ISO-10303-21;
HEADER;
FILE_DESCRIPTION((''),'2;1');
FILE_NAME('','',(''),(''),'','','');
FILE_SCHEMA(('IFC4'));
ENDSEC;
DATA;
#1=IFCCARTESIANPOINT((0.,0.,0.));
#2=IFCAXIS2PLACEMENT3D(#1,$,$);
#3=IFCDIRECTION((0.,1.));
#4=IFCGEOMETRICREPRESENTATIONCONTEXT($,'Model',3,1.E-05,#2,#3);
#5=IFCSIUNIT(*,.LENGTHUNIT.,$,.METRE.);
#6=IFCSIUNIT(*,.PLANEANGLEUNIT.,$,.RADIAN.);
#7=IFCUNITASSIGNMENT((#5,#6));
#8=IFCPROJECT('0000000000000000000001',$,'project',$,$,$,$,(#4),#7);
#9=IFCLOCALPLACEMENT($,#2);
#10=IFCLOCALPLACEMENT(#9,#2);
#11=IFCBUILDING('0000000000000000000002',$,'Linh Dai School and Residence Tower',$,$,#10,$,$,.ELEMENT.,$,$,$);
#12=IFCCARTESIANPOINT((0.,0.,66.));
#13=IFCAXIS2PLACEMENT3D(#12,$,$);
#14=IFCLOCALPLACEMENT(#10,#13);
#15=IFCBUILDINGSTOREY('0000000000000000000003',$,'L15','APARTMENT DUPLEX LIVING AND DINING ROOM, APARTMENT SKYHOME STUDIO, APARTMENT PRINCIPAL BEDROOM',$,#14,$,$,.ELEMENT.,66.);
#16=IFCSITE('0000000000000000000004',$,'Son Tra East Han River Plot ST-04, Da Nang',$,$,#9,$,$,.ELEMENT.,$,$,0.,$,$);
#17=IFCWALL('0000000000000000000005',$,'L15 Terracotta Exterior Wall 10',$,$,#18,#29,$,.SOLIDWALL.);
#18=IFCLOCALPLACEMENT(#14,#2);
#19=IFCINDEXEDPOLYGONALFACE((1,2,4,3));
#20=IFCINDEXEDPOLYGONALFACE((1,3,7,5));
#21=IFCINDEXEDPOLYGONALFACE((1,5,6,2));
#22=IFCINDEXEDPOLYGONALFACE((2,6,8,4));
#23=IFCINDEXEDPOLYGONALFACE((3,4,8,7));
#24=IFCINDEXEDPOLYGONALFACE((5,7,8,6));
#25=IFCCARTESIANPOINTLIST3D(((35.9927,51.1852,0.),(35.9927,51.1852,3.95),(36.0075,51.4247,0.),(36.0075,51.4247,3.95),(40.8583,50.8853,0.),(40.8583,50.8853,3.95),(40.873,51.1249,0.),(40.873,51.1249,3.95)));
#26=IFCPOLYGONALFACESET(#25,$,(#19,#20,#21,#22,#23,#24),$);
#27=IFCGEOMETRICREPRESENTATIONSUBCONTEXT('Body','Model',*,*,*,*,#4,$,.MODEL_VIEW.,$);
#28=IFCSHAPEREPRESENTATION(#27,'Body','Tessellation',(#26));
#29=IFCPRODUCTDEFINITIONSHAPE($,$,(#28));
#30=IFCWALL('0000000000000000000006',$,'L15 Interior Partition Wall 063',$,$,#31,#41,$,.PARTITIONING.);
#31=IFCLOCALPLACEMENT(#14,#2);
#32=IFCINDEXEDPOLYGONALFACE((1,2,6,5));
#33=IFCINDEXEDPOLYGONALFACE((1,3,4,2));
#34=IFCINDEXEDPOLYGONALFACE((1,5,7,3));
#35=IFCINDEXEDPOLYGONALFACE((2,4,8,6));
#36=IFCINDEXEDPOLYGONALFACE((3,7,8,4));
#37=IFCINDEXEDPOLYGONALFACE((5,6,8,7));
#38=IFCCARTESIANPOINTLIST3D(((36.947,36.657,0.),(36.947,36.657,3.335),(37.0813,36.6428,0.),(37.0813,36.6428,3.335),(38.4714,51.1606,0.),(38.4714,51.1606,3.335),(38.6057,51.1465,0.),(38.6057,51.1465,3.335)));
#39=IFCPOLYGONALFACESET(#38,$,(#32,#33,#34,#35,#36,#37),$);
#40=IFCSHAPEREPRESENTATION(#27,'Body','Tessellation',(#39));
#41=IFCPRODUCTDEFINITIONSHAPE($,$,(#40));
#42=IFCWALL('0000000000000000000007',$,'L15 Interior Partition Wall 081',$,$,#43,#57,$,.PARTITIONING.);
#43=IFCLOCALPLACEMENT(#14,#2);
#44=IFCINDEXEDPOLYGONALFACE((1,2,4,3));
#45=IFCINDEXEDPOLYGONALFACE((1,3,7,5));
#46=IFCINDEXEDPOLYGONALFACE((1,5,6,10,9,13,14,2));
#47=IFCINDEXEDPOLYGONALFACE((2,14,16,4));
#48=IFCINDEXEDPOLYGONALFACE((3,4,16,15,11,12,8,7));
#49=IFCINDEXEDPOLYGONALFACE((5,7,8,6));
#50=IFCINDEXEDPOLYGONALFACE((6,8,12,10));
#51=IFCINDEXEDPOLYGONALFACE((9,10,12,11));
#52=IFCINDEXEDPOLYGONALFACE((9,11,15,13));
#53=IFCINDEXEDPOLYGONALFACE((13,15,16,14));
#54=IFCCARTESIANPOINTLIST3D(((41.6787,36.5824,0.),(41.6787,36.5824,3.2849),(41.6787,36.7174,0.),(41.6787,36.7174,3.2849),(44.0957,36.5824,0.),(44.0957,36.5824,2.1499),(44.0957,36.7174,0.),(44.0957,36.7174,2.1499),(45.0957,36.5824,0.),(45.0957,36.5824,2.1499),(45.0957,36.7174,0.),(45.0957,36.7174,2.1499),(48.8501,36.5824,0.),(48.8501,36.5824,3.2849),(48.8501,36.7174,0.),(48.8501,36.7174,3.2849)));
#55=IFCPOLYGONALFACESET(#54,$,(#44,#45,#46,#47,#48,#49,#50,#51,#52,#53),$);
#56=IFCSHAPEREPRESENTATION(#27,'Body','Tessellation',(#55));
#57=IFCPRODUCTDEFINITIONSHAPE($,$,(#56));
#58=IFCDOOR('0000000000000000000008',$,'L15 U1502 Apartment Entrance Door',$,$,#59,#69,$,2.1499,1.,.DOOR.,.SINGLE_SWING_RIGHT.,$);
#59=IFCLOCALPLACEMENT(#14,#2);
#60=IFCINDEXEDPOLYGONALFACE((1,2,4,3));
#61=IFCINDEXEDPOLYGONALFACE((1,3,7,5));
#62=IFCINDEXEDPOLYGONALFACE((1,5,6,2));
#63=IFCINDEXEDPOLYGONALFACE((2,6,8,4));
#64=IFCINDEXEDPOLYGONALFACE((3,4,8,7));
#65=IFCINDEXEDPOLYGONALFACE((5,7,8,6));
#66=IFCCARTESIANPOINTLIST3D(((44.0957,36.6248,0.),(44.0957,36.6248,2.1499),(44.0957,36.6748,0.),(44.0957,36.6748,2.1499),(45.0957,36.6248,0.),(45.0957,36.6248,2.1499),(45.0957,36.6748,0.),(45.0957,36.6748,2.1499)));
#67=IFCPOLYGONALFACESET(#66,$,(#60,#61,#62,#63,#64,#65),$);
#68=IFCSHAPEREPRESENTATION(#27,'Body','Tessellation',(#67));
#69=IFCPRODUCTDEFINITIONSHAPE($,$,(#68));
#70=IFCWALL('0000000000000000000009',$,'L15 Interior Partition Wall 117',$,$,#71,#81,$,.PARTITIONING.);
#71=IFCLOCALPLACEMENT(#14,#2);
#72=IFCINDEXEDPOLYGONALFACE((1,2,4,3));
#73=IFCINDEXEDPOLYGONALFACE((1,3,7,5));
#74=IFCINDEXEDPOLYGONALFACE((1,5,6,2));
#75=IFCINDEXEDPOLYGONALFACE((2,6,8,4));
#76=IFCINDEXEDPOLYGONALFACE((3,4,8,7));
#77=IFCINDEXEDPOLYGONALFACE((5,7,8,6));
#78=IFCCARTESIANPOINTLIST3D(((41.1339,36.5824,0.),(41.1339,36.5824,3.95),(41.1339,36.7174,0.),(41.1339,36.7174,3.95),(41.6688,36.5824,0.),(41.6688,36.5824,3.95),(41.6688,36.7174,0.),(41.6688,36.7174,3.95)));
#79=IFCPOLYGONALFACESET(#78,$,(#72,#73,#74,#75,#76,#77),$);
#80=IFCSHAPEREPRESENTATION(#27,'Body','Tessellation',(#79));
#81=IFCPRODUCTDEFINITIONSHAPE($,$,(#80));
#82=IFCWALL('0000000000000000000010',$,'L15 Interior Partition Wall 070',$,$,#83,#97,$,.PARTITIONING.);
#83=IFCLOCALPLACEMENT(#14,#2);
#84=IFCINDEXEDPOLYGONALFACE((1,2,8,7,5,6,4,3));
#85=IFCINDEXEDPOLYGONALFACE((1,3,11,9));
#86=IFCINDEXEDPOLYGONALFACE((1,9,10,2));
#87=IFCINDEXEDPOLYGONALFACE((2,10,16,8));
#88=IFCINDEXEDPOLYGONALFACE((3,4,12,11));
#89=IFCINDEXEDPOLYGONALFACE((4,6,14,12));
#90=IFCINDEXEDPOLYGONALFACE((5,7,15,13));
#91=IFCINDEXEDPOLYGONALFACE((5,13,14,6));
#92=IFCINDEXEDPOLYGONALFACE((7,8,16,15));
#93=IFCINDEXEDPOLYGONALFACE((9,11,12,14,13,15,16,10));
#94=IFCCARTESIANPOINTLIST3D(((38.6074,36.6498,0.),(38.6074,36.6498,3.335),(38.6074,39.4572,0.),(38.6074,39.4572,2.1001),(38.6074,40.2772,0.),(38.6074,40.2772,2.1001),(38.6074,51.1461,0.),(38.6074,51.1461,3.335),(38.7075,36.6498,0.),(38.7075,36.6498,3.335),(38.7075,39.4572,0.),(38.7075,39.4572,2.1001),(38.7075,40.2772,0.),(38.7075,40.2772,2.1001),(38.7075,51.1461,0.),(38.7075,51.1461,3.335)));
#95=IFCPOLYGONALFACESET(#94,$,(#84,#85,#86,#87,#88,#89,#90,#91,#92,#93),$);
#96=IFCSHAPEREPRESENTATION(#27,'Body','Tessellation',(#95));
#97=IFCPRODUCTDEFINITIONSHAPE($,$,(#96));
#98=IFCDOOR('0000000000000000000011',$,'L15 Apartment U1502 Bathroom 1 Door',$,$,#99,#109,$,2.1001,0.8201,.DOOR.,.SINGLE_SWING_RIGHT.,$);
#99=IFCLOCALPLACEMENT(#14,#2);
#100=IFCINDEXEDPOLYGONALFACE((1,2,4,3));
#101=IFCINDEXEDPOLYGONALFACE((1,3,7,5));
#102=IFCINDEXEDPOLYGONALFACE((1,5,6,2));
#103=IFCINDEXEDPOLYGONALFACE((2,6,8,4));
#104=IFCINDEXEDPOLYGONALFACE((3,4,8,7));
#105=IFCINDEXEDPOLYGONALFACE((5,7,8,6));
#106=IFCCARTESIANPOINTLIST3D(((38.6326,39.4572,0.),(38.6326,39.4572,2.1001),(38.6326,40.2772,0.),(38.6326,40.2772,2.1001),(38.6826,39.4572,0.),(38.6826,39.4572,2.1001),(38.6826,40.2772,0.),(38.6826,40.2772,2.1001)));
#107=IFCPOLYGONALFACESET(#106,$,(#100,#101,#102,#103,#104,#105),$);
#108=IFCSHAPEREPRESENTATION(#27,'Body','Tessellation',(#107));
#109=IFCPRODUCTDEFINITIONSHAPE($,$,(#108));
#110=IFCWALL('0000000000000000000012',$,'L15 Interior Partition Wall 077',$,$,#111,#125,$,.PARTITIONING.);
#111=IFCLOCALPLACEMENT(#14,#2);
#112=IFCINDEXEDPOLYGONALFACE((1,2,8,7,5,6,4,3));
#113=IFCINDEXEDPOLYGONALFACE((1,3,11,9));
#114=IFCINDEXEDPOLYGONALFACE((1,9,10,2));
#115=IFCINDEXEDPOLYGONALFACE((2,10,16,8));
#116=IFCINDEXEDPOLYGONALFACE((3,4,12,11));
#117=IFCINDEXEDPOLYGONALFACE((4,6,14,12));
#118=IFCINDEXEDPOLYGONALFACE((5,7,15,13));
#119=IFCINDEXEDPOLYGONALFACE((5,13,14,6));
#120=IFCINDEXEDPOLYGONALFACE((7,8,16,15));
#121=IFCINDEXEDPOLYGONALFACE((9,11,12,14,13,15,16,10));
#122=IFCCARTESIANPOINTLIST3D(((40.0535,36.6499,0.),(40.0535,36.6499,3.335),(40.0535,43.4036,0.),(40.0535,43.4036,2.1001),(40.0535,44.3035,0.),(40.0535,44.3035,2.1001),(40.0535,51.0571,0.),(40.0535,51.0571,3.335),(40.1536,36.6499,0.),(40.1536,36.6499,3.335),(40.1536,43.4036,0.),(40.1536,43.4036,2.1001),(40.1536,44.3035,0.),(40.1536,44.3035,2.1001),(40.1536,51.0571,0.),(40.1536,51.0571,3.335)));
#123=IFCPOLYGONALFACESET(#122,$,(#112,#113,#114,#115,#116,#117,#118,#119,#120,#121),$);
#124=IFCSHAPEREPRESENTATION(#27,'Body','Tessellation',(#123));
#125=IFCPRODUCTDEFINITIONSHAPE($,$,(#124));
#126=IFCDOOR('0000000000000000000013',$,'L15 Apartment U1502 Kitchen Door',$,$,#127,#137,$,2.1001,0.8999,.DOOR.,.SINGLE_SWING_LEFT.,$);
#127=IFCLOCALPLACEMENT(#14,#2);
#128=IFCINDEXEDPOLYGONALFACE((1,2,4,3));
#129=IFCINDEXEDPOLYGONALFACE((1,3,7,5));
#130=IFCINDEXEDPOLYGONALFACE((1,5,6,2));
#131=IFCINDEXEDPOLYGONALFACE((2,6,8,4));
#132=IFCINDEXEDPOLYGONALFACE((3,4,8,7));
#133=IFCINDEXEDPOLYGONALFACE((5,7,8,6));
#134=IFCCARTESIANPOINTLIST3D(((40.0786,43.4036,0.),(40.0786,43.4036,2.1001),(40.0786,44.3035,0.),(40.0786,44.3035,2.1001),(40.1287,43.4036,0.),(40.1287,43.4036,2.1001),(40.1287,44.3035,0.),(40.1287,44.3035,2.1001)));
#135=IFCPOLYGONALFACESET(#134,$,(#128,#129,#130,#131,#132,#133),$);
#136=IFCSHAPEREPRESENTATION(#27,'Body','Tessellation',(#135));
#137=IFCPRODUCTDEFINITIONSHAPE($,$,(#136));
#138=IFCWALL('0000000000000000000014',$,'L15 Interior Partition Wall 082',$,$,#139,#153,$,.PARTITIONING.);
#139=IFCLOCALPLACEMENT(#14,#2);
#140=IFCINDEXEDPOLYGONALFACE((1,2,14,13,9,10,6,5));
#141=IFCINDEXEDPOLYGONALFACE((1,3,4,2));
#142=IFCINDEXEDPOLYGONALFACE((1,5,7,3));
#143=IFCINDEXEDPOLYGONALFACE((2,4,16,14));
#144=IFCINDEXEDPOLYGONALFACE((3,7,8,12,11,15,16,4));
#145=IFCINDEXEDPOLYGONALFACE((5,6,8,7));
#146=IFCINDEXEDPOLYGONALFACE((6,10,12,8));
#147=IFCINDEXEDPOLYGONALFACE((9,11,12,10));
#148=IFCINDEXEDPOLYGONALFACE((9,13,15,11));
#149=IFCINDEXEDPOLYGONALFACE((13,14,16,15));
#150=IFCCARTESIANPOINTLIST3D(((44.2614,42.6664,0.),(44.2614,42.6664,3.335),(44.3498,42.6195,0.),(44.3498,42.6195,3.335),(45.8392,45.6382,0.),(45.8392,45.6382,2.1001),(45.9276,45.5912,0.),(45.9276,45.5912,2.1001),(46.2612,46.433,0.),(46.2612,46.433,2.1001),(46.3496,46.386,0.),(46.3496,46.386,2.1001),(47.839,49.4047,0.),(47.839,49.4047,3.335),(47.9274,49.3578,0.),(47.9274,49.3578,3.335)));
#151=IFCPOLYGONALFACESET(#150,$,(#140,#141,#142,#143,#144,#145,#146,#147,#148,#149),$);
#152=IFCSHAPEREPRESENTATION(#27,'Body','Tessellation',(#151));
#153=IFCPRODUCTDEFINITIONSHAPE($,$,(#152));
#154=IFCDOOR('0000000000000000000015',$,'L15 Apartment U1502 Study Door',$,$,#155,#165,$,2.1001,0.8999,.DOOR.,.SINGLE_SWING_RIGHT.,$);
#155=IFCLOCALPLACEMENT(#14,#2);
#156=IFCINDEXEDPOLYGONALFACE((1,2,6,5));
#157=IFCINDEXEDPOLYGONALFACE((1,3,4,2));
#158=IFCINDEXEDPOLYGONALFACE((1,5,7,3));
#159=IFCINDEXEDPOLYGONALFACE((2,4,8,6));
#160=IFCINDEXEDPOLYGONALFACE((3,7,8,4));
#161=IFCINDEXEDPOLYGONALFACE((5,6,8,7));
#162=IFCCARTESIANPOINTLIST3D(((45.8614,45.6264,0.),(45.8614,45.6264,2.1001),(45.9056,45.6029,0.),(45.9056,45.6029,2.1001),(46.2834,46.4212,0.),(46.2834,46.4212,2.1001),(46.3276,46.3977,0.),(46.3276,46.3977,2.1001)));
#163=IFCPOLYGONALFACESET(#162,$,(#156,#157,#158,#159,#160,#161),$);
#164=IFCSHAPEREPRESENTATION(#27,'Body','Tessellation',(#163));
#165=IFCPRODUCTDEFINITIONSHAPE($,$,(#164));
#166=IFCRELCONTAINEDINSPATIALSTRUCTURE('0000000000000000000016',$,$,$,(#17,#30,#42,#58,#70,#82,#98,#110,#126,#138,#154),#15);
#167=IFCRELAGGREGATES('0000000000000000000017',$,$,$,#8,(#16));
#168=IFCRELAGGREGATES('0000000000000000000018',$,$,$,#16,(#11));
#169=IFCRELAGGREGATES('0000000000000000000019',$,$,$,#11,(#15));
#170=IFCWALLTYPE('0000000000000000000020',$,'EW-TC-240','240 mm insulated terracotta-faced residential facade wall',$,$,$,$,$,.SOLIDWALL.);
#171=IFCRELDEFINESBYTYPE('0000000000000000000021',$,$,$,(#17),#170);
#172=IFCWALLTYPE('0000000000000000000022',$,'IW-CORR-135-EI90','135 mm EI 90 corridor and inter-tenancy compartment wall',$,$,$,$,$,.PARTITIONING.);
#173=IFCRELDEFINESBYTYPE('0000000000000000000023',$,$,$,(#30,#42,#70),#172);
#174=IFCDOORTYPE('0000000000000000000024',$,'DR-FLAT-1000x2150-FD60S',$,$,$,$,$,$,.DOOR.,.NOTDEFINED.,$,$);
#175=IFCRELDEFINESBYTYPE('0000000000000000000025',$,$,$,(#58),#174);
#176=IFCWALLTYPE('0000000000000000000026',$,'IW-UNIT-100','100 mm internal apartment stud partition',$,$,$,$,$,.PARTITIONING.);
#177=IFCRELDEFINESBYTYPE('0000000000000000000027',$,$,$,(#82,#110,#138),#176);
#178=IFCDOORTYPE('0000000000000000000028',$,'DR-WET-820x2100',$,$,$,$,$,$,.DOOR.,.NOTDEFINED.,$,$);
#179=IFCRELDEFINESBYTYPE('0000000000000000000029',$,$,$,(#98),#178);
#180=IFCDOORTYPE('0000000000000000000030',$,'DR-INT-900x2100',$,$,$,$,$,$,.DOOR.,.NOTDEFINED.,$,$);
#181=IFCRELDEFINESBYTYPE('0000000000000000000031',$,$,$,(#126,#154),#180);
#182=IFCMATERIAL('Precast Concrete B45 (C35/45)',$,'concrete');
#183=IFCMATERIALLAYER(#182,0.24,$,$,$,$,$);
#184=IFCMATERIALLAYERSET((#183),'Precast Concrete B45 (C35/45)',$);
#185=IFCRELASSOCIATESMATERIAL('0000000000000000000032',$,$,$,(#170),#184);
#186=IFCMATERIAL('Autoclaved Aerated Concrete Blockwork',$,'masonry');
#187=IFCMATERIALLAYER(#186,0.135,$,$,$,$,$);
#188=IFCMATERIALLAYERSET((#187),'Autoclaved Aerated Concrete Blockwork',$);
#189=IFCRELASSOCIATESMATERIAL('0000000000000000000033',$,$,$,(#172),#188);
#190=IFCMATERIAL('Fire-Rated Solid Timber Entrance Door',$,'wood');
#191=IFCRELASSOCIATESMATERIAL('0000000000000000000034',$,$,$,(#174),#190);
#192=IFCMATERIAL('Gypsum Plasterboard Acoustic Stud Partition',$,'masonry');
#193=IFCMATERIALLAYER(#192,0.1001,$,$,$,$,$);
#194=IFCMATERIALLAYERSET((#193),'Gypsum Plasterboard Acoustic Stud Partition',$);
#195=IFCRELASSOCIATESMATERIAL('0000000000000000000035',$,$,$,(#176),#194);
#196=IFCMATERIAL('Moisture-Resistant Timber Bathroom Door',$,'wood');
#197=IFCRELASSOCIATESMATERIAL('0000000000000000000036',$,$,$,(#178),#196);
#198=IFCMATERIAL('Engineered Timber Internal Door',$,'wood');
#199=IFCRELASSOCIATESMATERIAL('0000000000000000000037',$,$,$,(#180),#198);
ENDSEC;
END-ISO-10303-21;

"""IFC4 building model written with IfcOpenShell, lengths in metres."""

from ifc_helpers import new_model, si_unit, direction, frame, frame_2d, origin, origin_2d, place, context, subcontext, project, spatial, rectangle, extrude, source, transform, mapped, material, layer, layer_set, type_object, element, fill, save


model = new_model("IFC4")

# Units and contexts
model_context = context("Model", 3, precision=1e-05, world=origin(), true_north=direction((0.0, 1.0)))
body_context = subcontext(model_context, "Body", "Model", "MODEL_VIEW")
ifc_project = project(units=[si_unit("LENGTHUNIT", "METRE"), si_unit("PLANEANGLEUNIT", "RADIAN")], contexts=[model_context])

# Site, building, storey
site_placement = place(None, origin())
site = spatial("IfcSite", under=ifc_project, at=site_placement, Name="Son Tra East Han River Plot ST-04, Da Nang", CompositionType="ELEMENT", RefElevation=0.0)
building_placement = place(site_placement, origin())
building = spatial("IfcBuilding", under=site, at=building_placement, Name="Linh Dai School and Residence Tower", CompositionType="ELEMENT")
storey_placement = place(building_placement, frame((0.0, 0.0, 66.0)))
storey = spatial("IfcBuildingStorey", under=building, at=storey_placement, Name="L15", Description="APARTMENT DUPLEX LIVING AND DINING ROOM, APARTMENT SKYHOME STUDIO, APARTMENT PRINCIPAL BEDROOM", CompositionType="ELEMENT", Elevation=66.0)

# Shared definitions
ifc_material_1 = material(Name="Precast Concrete B45 (C35/45)", Category="concrete")

# Shared definitions
ifc_layer_1 = layer(ifc_material_1, 0.24)
ifc_layer_set_1 = layer_set([ifc_layer_1], Name="Precast Concrete B45 (C35/45)")
wall_type_1 = type_object("IfcWallType", Name="EW-TC-240", Description="240 mm insulated terracotta-faced residential facade wall", PredefinedType="SOLIDWALL", material=ifc_layer_set_1)

# Walls
wall_1_placement = place(storey_placement, frame((36.0, 51.3049, 0.0), z_axis=(0.0, 0.0, 1.0), x_axis=(0.998107, -0.061502, 0.0)))
element("IfcWall", 1, at=wall_1_placement, inside=storey, type_object=wall_type_1, Name="L15 Terracotta Exterior Wall 10", PredefinedType="SOLIDWALL", context=body_context, shape_type="SweptSolid", body=[
    extrude(rectangle(XDim=4.8748, YDim=0.24, at=frame_2d((2.4375, 0.0))), origin(), (0.0, 0.0, 1.0), 3.95),
])
ifc_material_2 = material(Name="Autoclaved Aerated Concrete Blockwork", Category="masonry")
ifc_layer_2 = layer(ifc_material_2, 0.135)
ifc_layer_set_2 = layer_set([ifc_layer_2], Name="Autoclaved Aerated Concrete Blockwork")
wall_type_2 = type_object("IfcWallType", Name="IW-CORR-135-EI90", Description="135 mm EI 90 corridor and inter-tenancy compartment wall", PredefinedType="PARTITIONING", material=ifc_layer_set_2)
wall_2_placement = place(storey_placement, frame((37.0142, 36.6499, 0.0), z_axis=(0.0, 0.0, 1.0), x_axis=(0.10453, 0.994522, 0.0)))
element("IfcWall", 2, at=wall_2_placement, inside=storey, type_object=wall_type_2, Name="L15 Interior Partition Wall 063", PredefinedType="PARTITIONING", context=body_context, shape_type="SweptSolid", body=[
    extrude(rectangle(XDim=14.5835, YDim=0.135, at=frame_2d((7.2917, 0.0))), origin(), (0.0, 0.0, 1.0), 3.335),
])

# Wall, opening, door
wall_3_placement = place(storey_placement, frame((41.6787, 36.6499, 0.0), z_axis=(0.0, 0.0, 1.0), x_axis=(1.0, 0.0, 0.0)))
wall_3 = element("IfcWall", 3, at=wall_3_placement, inside=storey, type_object=wall_type_2, Name="L15 Interior Partition Wall 081", PredefinedType="PARTITIONING", context=body_context, shape_type="SweptSolid", body=[
    extrude(rectangle(XDim=7.1714, YDim=0.135, at=frame_2d((3.5857, 0.0))), origin(), (0.0, 0.0, 1.0), 3.2849),
])
opening_1_placement = place(wall_3_placement, frame((2.417, 0.0, 0.0)))
opening_1 = element("IfcOpeningElement", 4, at=opening_1_placement, cuts=wall_3, PredefinedType="OPENING", context=body_context, shape_type="SweptSolid", body=[
    extrude(rectangle(XDim=1.0, YDim=2.1499, at=origin_2d()), frame((0.5, 0.0776, 1.075), z_axis=(0.0, -1.0, 0.0), x_axis=(1.0, 0.0, 0.0)), (0.0, 0.0, 1.0), 0.155),
])
ifc_material_3 = material(Name="Fire-Rated Solid Timber Entrance Door", Category="wood")
door_type_1 = type_object("IfcDoorType", Name="DR-FLAT-1000x2150-FD60S", OperationType="NOTDEFINED", PredefinedType="DOOR", material=ifc_material_3)
shared_shape_1 = source(origin(), body_context, "Body", "SweptSolid", [
    extrude(rectangle(XDim=1.0, YDim=2.1499, at=origin_2d()), frame((0.5, 0.0249, 1.075), z_axis=(0.0, -1.0, 0.0), x_axis=(1.0, 0.0, 0.0)), (0.0, 0.0, 1.0), 0.05),
])
door_1_placement = place(opening_1_placement, origin())
door_1 = element("IfcDoor", 5, at=door_1_placement, inside=storey, type_object=door_type_1, Name="L15 U1502 Apartment Entrance Door", OperationType="SINGLE_SWING_RIGHT", OverallHeight=2.1499, OverallWidth=1.0, PredefinedType="DOOR", context=body_context, shape_type="MappedRepresentation", body=[
    mapped(shared_shape_1, transform((0.0, 0.0, 0.0), x_axis=(1.0, 0.0, 0.0), y_axis=(0.0, 1.0, 0.0), z_axis=(0.0, 0.0, 1.0), scale=1.0)),
])
fill(opening_1, door_1)

# Wall
wall_4_placement = place(storey_placement, frame((41.1338, 36.6499, 0.0), z_axis=(0.0, 0.0, 1.0), x_axis=(1.0, 0.0, 0.0)))
element("IfcWall", 6, at=wall_4_placement, inside=storey, type_object=wall_type_2, Name="L15 Interior Partition Wall 117", PredefinedType="PARTITIONING", context=body_context, shape_type="SweptSolid", body=[
    extrude(rectangle(XDim=0.5349, YDim=0.135, at=frame_2d((0.2676, 0.0))), origin(), (0.0, 0.0, 1.0), 3.95),
])

# Walls, openings, doors
ifc_material_4 = material(Name="Gypsum Plasterboard Acoustic Stud Partition", Category="masonry")
ifc_layer_3 = layer(ifc_material_4, 0.1001)
ifc_layer_set_3 = layer_set([ifc_layer_3], Name="Gypsum Plasterboard Acoustic Stud Partition")
wall_type_3 = type_object("IfcWallType", Name="IW-UNIT-100", Description="100 mm internal apartment stud partition", PredefinedType="PARTITIONING", material=ifc_layer_set_3)
wall_5_placement = place(storey_placement, frame((38.6575, 36.6499, 0.0), z_axis=(0.0, 0.0, 1.0), x_axis=(0.0, 1.0, 0.0)))
wall_5 = element("IfcWall", 7, at=wall_5_placement, inside=storey, type_object=wall_type_3, Name="L15 Interior Partition Wall 070", PredefinedType="PARTITIONING", context=body_context, shape_type="SweptSolid", body=[
    extrude(rectangle(XDim=14.4963, YDim=0.1001, at=frame_2d((7.248, 0.0))), origin(), (0.0, 0.0, 1.0), 3.335),
])
opening_2_placement = place(wall_5_placement, frame((2.8071, 0.0, 0.0)))
opening_2 = element("IfcOpeningElement", 8, at=opening_2_placement, cuts=wall_5, PredefinedType="OPENING", context=body_context, shape_type="SweptSolid", body=[
    extrude(rectangle(XDim=0.8201, YDim=2.1001, at=origin_2d()), frame((0.4102, 0.0601, 1.05), z_axis=(0.0, -1.0, 0.0), x_axis=(1.0, 0.0, 0.0)), (0.0, 0.0, 1.0), 0.1201),
])
ifc_material_5 = material(Name="Moisture-Resistant Timber Bathroom Door", Category="wood")
door_type_2 = type_object("IfcDoorType", Name="DR-WET-820x2100", OperationType="NOTDEFINED", PredefinedType="DOOR", material=ifc_material_5)
shared_shape_2 = source(origin(), body_context, "Body", "SweptSolid", [
    extrude(rectangle(XDim=0.8201, YDim=2.1001, at=origin_2d()), frame((0.4102, 0.0249, 1.05), z_axis=(0.0, -1.0, 0.0), x_axis=(1.0, 0.0, 0.0)), (0.0, 0.0, 1.0), 0.05),
])
door_2_placement = place(opening_2_placement, origin())
door_2 = element("IfcDoor", 9, at=door_2_placement, inside=storey, type_object=door_type_2, Name="L15 Apartment U1502 Bathroom 1 Door", OperationType="SINGLE_SWING_RIGHT", OverallHeight=2.1001, OverallWidth=0.8201, PredefinedType="DOOR", context=body_context, shape_type="MappedRepresentation", body=[
    mapped(shared_shape_2, transform((0.0, 0.0, 0.0), x_axis=(1.0, 0.0, 0.0), y_axis=(0.0, 1.0, 0.0), z_axis=(0.0, 0.0, 1.0), scale=1.0)),
])
fill(opening_2, door_2)
wall_6_placement = place(storey_placement, frame((40.1035, 36.6499, 0.0), z_axis=(0.0, 0.0, 1.0), x_axis=(0.0, 1.0, 0.0)))
wall_6 = element("IfcWall", 10, at=wall_6_placement, inside=storey, type_object=wall_type_3, Name="L15 Interior Partition Wall 077", PredefinedType="PARTITIONING", context=body_context, shape_type="SweptSolid", body=[
    extrude(rectangle(XDim=14.4072, YDim=0.1001, at=frame_2d((7.2036, 0.0))), origin(), (0.0, 0.0, 1.0), 3.335),
])
opening_3_placement = place(wall_6_placement, frame((6.7537, 0.0, 0.0)))
opening_3 = element("IfcOpeningElement", 11, at=opening_3_placement, cuts=wall_6, PredefinedType="OPENING", context=body_context, shape_type="SweptSolid", body=[
    extrude(rectangle(XDim=0.8999, YDim=2.1001, at=origin_2d()), frame((0.45, 0.0601, 1.05), z_axis=(0.0, -1.0, 0.0), x_axis=(1.0, 0.0, 0.0)), (0.0, 0.0, 1.0), 0.1201),
])
ifc_material_6 = material(Name="Engineered Timber Internal Door", Category="wood")
door_type_3 = type_object("IfcDoorType", Name="DR-INT-900x2100", OperationType="NOTDEFINED", PredefinedType="DOOR", material=ifc_material_6)
shared_shape_3 = source(origin(), body_context, "Body", "SweptSolid", [
    extrude(rectangle(XDim=0.8999, YDim=2.1001, at=origin_2d()), frame((0.45, 0.0249, 1.05), z_axis=(0.0, -1.0, 0.0), x_axis=(1.0, 0.0, 0.0)), (0.0, 0.0, 1.0), 0.05),
])
door_3_placement = place(opening_3_placement, origin())
door_3 = element("IfcDoor", 12, at=door_3_placement, inside=storey, type_object=door_type_3, Name="L15 Apartment U1502 Kitchen Door", OperationType="SINGLE_SWING_LEFT", OverallHeight=2.1001, OverallWidth=0.8999, PredefinedType="DOOR", context=body_context, shape_type="MappedRepresentation", body=[
    mapped(shared_shape_3, transform((0.0, 0.0, 0.0), x_axis=(1.0, 0.0, 0.0), y_axis=(0.0, 1.0, 0.0), z_axis=(0.0, 0.0, 1.0), scale=1.0)),
])
fill(opening_3, door_3)
wall_7_placement = place(storey_placement, frame((44.3057, 42.6431, 0.0), z_axis=(0.0, 0.0, 1.0), x_axis=(0.468943, 0.883228, 0.0)))
wall_7 = element("IfcWall", 13, at=wall_7_placement, inside=storey, type_object=wall_type_3, Name="L15 Interior Partition Wall 082", PredefinedType="PARTITIONING", context=body_context, shape_type="SweptSolid", body=[
    extrude(rectangle(XDim=7.6292, YDim=0.1001, at=frame_2d((3.8145, 0.0))), origin(), (0.0, 0.0, 1.0), 3.335),
])
opening_4_placement = place(wall_7_placement, frame((3.3645, 0.0, 0.0)))
opening_4 = element("IfcOpeningElement", 14, at=opening_4_placement, cuts=wall_7, PredefinedType="OPENING", context=body_context, shape_type="SweptSolid", body=[
    extrude(rectangle(XDim=0.8999, YDim=2.1001, at=origin_2d()), frame((0.45, 0.0601, 1.05), z_axis=(0.0, -1.0, 0.0), x_axis=(1.0, 0.0, 0.0)), (0.0, 0.0, 1.0), 0.1201),
])
door_4_placement = place(opening_4_placement, origin())
door_4 = element("IfcDoor", 15, at=door_4_placement, inside=storey, type_object=door_type_3, Name="L15 Apartment U1502 Study Door", OperationType="SINGLE_SWING_RIGHT", OverallHeight=2.1001, OverallWidth=0.8999, PredefinedType="DOOR", context=body_context, shape_type="MappedRepresentation", body=[
    mapped(shared_shape_3, transform((0.0, 0.0, 0.0), x_axis=(1.0, 0.0, 0.0), y_axis=(0.0, 1.0, 0.0), z_axis=(0.0, 0.0, 1.0), scale=1.0)),
])
fill(opening_4, door_4)

save(model, "model.ifc")
